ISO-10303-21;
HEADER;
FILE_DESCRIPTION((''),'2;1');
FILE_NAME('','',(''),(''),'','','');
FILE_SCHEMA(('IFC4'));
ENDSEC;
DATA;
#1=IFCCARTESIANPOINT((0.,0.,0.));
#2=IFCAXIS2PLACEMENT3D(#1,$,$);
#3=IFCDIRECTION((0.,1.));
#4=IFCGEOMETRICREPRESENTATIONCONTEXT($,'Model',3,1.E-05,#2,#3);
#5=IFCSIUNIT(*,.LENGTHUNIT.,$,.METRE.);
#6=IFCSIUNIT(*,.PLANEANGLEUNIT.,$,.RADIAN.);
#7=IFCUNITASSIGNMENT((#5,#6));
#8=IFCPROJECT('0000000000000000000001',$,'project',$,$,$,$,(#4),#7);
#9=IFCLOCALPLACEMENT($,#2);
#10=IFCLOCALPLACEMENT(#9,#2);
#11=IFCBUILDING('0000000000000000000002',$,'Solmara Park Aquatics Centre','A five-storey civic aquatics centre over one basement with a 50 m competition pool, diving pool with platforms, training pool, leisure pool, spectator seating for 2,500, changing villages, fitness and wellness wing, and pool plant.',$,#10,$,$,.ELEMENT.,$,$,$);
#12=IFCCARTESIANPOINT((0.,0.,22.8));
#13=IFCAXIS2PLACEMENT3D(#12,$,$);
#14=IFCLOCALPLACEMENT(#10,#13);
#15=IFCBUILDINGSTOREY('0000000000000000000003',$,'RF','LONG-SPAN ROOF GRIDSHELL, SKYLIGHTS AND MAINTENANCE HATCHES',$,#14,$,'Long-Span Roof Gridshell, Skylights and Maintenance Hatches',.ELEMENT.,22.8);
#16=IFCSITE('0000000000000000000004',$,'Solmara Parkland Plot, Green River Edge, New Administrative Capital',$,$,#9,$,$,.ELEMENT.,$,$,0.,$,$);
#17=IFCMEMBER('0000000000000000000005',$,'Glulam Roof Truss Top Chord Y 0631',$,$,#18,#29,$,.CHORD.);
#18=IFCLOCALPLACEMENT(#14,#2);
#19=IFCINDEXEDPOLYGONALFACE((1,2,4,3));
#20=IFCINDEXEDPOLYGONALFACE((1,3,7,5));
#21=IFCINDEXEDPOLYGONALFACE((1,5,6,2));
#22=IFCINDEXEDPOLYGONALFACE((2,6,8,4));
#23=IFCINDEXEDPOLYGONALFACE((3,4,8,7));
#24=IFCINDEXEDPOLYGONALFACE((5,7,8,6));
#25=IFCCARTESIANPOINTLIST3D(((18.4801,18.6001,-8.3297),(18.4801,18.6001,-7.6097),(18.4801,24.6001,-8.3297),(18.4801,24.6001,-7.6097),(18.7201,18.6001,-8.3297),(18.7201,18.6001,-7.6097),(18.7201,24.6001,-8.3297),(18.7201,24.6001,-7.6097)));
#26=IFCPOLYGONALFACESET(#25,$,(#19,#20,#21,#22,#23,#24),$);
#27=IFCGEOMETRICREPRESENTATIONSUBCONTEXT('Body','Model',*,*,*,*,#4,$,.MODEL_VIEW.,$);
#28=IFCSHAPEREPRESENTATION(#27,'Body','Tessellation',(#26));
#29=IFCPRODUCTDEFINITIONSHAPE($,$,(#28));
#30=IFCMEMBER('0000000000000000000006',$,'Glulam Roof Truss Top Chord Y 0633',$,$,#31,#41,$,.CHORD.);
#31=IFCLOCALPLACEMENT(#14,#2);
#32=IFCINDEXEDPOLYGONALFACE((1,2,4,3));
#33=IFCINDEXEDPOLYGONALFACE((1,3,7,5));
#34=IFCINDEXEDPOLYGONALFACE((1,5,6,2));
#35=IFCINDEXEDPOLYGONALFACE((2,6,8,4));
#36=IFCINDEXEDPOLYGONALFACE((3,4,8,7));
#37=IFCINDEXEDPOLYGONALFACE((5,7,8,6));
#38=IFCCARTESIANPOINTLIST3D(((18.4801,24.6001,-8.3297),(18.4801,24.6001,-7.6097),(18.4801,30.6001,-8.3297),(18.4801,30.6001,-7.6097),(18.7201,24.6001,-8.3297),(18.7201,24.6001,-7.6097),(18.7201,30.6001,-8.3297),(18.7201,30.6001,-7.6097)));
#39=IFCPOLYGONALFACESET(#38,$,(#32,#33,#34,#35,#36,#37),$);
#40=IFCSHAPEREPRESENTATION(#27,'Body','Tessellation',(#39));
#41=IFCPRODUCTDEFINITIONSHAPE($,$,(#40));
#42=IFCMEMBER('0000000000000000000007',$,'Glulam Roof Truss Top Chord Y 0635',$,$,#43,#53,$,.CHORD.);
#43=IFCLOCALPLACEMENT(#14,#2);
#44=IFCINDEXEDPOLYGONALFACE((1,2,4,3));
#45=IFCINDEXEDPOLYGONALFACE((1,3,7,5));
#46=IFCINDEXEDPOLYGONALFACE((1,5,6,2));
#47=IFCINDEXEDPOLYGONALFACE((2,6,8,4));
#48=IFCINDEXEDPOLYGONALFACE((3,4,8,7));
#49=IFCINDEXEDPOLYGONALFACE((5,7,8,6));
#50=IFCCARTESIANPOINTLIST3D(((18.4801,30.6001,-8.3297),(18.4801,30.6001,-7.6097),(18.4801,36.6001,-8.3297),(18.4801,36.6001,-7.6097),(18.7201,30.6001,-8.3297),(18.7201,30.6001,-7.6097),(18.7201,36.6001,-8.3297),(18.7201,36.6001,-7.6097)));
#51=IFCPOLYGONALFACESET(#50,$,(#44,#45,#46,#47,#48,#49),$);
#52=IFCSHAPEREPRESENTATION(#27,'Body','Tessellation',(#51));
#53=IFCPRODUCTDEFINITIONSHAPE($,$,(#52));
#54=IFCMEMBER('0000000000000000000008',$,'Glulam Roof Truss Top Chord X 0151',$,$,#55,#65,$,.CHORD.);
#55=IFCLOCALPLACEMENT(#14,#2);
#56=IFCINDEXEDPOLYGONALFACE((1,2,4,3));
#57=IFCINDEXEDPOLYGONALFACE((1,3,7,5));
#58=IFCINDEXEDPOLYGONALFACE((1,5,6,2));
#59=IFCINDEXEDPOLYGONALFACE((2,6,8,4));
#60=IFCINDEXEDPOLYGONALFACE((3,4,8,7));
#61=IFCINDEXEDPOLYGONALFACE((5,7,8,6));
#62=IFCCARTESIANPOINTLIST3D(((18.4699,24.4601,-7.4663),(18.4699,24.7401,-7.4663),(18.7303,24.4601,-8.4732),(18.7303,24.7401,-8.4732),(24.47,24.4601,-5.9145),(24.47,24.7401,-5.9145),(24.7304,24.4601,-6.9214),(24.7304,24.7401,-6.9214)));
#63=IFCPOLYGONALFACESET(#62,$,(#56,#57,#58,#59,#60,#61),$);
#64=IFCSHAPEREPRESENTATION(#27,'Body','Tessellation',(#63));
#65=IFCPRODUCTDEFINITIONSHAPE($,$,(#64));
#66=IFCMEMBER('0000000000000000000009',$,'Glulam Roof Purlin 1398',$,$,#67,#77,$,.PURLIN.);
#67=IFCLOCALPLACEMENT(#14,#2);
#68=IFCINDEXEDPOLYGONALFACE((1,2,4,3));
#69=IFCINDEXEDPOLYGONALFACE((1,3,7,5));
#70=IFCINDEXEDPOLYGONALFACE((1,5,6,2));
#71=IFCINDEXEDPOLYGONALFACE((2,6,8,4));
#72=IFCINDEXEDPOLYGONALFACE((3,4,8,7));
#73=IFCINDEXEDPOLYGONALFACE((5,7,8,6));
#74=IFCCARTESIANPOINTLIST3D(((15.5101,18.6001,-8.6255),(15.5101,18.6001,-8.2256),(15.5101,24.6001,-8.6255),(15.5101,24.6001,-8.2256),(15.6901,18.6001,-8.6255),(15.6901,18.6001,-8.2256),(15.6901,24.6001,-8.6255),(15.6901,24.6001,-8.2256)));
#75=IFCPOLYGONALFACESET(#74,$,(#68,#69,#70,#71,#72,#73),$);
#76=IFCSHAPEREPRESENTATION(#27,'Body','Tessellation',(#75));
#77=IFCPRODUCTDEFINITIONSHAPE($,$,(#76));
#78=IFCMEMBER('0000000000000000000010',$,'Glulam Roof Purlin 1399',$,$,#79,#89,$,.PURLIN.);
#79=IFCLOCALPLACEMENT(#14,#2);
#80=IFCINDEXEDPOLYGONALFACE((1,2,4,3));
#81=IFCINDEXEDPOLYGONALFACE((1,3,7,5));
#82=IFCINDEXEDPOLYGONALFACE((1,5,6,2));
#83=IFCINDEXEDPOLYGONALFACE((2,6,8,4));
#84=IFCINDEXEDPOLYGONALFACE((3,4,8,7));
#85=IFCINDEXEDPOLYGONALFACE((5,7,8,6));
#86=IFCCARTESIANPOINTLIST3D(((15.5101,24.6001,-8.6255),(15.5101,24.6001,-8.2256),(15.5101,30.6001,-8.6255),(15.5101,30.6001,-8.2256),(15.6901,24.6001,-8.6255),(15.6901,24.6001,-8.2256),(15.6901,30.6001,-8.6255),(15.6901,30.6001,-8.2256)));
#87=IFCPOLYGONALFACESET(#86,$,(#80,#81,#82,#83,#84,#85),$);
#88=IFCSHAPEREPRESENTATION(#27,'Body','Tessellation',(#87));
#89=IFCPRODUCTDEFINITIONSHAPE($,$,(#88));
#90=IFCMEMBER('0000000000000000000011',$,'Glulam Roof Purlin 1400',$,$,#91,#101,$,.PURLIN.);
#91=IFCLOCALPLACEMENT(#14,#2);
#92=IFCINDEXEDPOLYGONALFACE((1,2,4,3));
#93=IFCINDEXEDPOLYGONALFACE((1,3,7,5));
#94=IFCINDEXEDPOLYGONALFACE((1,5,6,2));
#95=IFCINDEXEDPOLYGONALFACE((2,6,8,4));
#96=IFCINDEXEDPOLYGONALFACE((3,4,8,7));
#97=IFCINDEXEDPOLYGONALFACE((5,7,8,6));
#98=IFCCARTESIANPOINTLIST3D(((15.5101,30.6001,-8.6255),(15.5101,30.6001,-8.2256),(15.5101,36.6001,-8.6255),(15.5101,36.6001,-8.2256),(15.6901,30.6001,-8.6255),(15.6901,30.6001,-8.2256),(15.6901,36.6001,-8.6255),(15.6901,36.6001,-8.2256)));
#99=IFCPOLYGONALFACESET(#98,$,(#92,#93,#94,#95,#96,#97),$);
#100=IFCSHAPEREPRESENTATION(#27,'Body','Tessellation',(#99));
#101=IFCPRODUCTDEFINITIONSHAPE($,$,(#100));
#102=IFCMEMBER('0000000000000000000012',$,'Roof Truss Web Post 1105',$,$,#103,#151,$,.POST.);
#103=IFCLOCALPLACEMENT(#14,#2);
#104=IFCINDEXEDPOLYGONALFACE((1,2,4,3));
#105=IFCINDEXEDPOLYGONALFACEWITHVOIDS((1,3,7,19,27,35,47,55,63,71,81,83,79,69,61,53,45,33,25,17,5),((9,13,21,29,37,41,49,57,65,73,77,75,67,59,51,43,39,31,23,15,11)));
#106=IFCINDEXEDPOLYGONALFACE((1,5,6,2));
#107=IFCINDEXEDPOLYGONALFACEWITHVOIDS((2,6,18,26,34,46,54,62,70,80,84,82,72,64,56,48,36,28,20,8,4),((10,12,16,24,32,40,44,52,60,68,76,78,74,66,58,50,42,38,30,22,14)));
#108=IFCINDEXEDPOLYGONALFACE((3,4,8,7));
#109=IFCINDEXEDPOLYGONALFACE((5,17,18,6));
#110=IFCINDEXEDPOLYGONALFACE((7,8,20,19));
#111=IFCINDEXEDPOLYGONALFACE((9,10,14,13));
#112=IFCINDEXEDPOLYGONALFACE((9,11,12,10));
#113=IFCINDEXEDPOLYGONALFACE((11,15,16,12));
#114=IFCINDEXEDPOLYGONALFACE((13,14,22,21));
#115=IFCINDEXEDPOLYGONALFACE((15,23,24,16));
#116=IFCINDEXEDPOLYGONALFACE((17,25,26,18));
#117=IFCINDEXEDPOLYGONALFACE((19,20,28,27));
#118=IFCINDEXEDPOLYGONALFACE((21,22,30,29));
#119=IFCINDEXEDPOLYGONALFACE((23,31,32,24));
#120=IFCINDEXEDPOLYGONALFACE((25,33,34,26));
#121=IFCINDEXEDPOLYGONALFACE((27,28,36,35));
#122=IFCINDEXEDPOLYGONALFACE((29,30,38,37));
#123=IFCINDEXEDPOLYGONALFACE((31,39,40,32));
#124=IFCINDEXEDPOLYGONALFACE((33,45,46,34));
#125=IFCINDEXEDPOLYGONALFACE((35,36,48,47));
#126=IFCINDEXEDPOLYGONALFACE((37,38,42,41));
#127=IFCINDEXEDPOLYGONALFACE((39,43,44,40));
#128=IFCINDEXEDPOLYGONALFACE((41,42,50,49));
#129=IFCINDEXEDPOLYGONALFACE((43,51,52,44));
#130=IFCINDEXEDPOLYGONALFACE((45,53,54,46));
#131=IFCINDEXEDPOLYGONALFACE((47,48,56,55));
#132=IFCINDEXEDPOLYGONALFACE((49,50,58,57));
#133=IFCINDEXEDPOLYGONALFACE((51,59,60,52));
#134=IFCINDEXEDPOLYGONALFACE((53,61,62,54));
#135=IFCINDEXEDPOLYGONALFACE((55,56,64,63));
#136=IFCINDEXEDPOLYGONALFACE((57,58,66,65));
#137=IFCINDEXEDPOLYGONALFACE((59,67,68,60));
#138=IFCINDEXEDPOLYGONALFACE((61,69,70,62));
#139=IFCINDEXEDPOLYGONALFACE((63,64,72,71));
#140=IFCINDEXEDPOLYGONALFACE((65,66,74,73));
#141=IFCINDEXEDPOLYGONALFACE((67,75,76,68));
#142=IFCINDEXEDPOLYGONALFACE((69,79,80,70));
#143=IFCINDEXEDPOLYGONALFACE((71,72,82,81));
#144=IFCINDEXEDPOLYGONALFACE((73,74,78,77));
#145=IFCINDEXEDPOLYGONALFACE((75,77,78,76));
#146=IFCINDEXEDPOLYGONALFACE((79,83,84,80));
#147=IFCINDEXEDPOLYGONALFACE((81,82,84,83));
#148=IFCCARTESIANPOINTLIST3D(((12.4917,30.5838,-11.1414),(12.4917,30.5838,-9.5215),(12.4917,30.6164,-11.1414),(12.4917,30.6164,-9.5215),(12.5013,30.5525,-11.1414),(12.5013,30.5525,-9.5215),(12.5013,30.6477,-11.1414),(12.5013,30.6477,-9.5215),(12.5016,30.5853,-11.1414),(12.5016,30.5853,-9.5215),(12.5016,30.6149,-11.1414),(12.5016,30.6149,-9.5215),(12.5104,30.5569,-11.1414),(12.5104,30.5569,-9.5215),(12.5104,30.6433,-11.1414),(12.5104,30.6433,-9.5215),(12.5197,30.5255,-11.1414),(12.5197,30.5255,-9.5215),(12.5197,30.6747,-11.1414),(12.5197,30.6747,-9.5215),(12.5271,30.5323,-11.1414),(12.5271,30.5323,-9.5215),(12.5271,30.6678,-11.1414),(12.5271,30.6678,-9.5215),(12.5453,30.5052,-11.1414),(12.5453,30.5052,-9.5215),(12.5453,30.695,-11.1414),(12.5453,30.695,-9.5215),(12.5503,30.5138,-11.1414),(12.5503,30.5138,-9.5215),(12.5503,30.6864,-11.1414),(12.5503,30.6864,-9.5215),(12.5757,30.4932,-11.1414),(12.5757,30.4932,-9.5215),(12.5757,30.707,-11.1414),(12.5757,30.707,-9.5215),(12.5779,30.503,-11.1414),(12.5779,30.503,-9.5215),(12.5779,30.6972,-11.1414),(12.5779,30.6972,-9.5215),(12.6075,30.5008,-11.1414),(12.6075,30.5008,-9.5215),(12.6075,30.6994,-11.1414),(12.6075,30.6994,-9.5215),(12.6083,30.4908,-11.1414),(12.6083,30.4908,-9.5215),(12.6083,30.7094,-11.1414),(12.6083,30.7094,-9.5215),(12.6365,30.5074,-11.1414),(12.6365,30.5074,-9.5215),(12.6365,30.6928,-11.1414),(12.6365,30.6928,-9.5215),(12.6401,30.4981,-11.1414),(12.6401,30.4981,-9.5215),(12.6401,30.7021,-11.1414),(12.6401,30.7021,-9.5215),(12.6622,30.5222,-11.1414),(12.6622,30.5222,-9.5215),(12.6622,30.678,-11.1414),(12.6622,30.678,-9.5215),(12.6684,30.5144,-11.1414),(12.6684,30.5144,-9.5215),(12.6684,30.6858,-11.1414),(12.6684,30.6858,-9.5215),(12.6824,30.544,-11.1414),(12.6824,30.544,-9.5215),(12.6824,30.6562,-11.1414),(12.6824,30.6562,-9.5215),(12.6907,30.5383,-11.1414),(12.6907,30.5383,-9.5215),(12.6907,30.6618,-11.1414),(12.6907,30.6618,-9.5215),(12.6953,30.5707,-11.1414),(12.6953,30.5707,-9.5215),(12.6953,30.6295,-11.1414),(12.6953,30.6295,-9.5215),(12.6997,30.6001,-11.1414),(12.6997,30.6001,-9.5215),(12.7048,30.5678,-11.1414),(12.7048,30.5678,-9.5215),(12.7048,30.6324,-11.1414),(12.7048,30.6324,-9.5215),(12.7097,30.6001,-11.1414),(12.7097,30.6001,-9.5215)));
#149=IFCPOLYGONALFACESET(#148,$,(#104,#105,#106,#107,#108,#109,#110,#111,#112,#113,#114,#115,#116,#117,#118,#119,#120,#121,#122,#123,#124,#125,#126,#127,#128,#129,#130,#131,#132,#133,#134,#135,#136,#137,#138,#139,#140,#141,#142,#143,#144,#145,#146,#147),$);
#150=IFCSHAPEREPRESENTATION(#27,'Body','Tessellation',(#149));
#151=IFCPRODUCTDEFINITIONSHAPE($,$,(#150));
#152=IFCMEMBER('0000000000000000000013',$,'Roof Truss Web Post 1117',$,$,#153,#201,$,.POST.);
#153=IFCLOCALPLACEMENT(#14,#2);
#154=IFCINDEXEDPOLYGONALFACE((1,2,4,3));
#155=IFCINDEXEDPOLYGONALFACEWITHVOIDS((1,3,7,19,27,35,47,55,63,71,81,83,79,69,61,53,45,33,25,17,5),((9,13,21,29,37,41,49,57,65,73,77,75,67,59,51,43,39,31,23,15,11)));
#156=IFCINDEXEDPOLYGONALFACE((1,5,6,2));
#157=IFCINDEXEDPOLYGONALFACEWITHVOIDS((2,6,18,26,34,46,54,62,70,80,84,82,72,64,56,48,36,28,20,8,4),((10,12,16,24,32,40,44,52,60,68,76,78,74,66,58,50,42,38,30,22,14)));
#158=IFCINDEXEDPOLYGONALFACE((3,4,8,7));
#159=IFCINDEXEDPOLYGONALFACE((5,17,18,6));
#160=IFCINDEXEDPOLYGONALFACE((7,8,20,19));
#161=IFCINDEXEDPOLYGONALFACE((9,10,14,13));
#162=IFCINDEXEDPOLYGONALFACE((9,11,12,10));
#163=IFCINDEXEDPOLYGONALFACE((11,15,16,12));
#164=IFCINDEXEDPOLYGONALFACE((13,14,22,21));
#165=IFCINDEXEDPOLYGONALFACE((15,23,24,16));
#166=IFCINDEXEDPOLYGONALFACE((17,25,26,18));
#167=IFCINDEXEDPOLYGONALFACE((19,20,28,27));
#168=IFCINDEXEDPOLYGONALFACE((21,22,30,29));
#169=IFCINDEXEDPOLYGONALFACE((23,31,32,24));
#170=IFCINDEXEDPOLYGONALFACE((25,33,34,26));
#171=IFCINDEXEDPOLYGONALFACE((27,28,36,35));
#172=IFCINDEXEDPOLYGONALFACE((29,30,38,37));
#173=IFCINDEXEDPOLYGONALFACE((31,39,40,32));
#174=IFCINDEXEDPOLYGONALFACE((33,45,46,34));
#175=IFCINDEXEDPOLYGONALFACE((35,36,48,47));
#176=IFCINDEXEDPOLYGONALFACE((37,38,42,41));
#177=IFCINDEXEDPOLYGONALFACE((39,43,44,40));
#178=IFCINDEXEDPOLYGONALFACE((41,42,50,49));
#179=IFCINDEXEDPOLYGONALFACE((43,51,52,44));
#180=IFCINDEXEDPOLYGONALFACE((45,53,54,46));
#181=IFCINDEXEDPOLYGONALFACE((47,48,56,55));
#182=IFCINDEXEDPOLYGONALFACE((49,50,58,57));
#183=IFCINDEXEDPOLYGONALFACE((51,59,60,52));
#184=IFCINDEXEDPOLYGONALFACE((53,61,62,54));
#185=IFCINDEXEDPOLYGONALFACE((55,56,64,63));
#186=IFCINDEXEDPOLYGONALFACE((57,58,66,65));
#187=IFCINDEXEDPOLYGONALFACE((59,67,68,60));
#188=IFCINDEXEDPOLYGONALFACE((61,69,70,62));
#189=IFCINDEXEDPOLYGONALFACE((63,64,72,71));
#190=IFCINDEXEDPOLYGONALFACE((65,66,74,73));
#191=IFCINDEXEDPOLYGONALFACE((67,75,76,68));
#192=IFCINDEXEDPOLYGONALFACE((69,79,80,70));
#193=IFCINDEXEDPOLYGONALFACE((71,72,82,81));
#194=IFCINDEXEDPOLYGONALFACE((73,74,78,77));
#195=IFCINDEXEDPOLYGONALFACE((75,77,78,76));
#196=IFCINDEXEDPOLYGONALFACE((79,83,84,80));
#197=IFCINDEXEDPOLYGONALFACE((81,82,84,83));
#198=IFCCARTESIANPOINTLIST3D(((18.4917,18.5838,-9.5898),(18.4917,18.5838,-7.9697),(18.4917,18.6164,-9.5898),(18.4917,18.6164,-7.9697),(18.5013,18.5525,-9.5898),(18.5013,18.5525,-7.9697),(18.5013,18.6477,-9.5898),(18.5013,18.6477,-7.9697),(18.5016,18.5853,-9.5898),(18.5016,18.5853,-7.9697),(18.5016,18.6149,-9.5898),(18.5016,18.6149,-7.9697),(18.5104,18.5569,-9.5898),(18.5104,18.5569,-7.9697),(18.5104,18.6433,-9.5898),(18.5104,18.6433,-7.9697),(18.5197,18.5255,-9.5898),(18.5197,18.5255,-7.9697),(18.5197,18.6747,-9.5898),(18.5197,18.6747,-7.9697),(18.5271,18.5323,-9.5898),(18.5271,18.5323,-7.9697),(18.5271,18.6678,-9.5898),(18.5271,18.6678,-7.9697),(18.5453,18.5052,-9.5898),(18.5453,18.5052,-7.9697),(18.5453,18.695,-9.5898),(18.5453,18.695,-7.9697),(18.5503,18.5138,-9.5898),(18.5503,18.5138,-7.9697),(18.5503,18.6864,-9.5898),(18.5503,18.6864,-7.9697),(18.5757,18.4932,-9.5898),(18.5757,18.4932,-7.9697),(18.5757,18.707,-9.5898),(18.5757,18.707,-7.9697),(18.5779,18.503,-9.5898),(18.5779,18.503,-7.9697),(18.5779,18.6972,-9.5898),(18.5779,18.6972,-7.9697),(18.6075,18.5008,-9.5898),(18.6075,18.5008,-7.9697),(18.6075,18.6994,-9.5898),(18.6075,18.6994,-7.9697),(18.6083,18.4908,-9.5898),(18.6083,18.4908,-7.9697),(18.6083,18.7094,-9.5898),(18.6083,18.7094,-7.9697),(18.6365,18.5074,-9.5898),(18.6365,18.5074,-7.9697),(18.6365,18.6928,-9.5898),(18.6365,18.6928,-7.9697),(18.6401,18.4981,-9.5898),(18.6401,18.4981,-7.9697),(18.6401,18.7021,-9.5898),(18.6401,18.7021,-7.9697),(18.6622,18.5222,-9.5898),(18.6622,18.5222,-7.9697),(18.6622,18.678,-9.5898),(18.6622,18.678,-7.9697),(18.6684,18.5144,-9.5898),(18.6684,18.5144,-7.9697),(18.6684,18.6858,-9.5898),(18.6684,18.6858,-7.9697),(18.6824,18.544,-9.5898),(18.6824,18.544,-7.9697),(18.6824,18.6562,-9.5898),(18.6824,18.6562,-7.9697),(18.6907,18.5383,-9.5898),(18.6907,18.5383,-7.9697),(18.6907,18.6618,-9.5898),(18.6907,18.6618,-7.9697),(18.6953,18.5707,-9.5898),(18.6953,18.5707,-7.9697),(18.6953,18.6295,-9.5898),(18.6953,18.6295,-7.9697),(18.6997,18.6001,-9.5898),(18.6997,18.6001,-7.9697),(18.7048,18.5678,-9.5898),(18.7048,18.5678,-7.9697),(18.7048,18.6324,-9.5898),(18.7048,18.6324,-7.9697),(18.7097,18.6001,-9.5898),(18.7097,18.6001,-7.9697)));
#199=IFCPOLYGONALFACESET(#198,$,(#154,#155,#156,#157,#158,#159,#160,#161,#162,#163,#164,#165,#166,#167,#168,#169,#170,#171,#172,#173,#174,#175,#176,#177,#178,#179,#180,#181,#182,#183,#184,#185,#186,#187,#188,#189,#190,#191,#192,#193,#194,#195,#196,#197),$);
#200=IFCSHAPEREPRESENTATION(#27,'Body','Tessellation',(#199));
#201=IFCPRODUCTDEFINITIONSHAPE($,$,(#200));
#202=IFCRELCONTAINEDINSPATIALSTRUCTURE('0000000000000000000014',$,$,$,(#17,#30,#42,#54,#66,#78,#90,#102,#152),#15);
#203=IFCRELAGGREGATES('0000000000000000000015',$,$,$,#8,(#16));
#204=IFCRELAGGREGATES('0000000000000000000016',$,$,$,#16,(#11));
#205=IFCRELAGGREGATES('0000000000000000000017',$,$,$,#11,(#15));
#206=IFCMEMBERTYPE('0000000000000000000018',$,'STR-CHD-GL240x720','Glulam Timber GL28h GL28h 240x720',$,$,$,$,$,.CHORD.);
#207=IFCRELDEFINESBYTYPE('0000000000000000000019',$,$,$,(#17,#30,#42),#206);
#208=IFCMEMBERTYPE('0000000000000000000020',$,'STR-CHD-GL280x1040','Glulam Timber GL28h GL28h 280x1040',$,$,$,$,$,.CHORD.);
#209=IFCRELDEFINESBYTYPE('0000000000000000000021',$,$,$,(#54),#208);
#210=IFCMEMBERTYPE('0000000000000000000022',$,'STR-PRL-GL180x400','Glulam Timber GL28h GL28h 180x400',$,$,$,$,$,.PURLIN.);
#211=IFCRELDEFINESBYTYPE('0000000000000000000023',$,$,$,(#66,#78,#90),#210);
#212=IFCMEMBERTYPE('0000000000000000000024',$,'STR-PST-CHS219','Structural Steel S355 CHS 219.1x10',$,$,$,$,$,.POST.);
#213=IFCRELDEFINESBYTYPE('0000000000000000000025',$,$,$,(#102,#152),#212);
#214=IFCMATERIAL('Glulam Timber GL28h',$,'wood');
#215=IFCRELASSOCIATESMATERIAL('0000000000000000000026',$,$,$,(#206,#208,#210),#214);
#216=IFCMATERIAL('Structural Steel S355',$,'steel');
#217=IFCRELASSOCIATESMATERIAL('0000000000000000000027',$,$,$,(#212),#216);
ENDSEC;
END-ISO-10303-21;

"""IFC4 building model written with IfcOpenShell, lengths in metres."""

from ifc_helpers import new_model, si_unit, direction, frame, origin, origin_2d, place, context, subcontext, project, spatial, rectangle, hollow_circle, extrude, material, material_profile, profile_set, type_object, element, save


model = new_model("IFC4")

# Units and contexts
model_context = context("Model", 3, precision=1e-05, world=origin(), true_north=direction((0.0, 1.0)))
body_context = subcontext(model_context, "Body", "Model", "MODEL_VIEW")
ifc_project = project(units=[si_unit("LENGTHUNIT", "METRE"), si_unit("PLANEANGLEUNIT", "RADIAN")], contexts=[model_context])

# Site, building, storey
site_placement = place(None, origin())
site = spatial("IfcSite", under=ifc_project, at=site_placement, Name="Solmara Parkland Plot, Green River Edge, New Administrative Capital", CompositionType="ELEMENT", RefElevation=0.0)
building_placement = place(site_placement, origin())
building = spatial("IfcBuilding", under=site, at=building_placement, Name="Solmara Park Aquatics Centre", Description="A five-storey civic aquatics centre over one basement with a 50 m competition pool, diving pool with platforms, training pool, leisure pool, spectator seating for 2,500, changing villages, fitness and wellness wing, and pool plant.", CompositionType="ELEMENT")
storey_placement = place(building_placement, frame((0.0, 0.0, 22.8)))
storey = spatial("IfcBuildingStorey", under=building, at=storey_placement, Name="RF", Description="LONG-SPAN ROOF GRIDSHELL, SKYLIGHTS AND MAINTENANCE HATCHES", LongName="Long-Span Roof Gridshell, Skylights and Maintenance Hatches", CompositionType="ELEMENT", Elevation=22.8)

# Members
ifc_material_1 = material(Name="Structural Steel S355", Category="steel")
ifc_material_2 = material(Name="Glulam Timber GL28h", Category="wood")
ifc_material_profile_1 = material_profile(ifc_material_2, rectangle(XDim=0.24, YDim=0.72, at=origin_2d()), Name="GL28h 240x720")
ifc_profile_set_1 = profile_set([ifc_material_profile_1], Name="Glulam Timber GL28h")
member_type_1 = type_object("IfcMemberType", Name="STR-CHD-GL240x720", Description="Glulam Timber GL28h GL28h 240x720", PredefinedType="CHORD", material=ifc_profile_set_1)
for number, where, z_axis, x_axis, name in (
    (1, (18.6001, 18.6001, -7.9697), (0.0, 1.0, 0.0), (-1.0, 0.0, 0.0), "Glulam Roof Truss Top Chord Y 0631"),
    (2, (18.6001, 24.6001, -7.9697), (0.0, 1.0, 0.0), (-1.0, 0.0, 0.0), "Glulam Roof Truss Top Chord Y 0633"),
    (3, (18.6001, 30.6001, -7.9697), (0.0, 1.0, 0.0), (-1.0, 0.0, 0.0), "Glulam Roof Truss Top Chord Y 0635"),
):
    element("IfcMember", number, at=place(storey_placement, frame(where, z_axis=z_axis, x_axis=x_axis)), inside=storey, type_object=member_type_1, Name=name, PredefinedType="CHORD", context=body_context, shape_type="SweptSolid", body=[
        extrude(rectangle(XDim=0.24, YDim=0.72, at=origin_2d()), origin(), (0.0, 0.0, 1.0), 6.0),
    ])
ifc_material_profile_2 = material_profile(ifc_material_2, rectangle(XDim=0.28, YDim=1.04, at=origin_2d()), Name="GL28h 280x1040")
ifc_profile_set_2 = profile_set([ifc_material_profile_2], Name="Glulam Timber GL28h")
member_type_2 = type_object("IfcMemberType", Name="STR-CHD-GL280x1040", Description="Glulam Timber GL28h GL28h 280x1040", PredefinedType="CHORD", material=ifc_profile_set_2)
member_1_placement = place(storey_placement, frame((18.6001, 24.6001, -7.9697), z_axis=(0.968146, 0.0, 0.250388), x_axis=(0.0, 1.0, 0.0)))
element("IfcMember", 4, at=member_1_placement, inside=storey, type_object=member_type_2, Name="Glulam Roof Truss Top Chord X 0151", PredefinedType="CHORD", context=body_context, shape_type="SweptSolid", body=[
    extrude(rectangle(XDim=0.28, YDim=1.04, at=origin_2d()), origin(), (0.0, 0.0, 1.0), 6.1975),
])
ifc_material_profile_3 = material_profile(ifc_material_2, rectangle(XDim=0.1799, YDim=0.3999, at=origin_2d()), Name="GL28h 180x400")
ifc_profile_set_3 = profile_set([ifc_material_profile_3], Name="Glulam Timber GL28h")
member_type_3 = type_object("IfcMemberType", Name="STR-PRL-GL180x400", Description="Glulam Timber GL28h GL28h 180x400", PredefinedType="PURLIN", material=ifc_profile_set_3)
for number, where, z_axis, x_axis, name in (
    (5, (15.6001, 18.6001, -8.4255), (0.0, 1.0, 0.0), (-1.0, 0.0, 0.0), "Glulam Roof Purlin 1398"),
    (6, (15.6001, 24.6001, -8.4255), (0.0, 1.0, 0.0), (-1.0, 0.0, 0.0), "Glulam Roof Purlin 1399"),
    (7, (15.6001, 30.6001, -8.4255), (0.0, 1.0, 0.0), (-1.0, 0.0, 0.0), "Glulam Roof Purlin 1400"),
):
    element("IfcMember", number, at=place(storey_placement, frame(where, z_axis=z_axis, x_axis=x_axis)), inside=storey, type_object=member_type_3, Name=name, PredefinedType="PURLIN", context=body_context, shape_type="SweptSolid", body=[
        extrude(rectangle(XDim=0.1799, YDim=0.3999, at=origin_2d()), origin(), (0.0, 0.0, 1.0), 6.0),
    ])
ifc_material_profile_4 = material_profile(ifc_material_1, hollow_circle(Radius=0.1096, WallThickness=0.01, at=origin_2d()), Name="CHS 219.1x10")
ifc_profile_set_4 = profile_set([ifc_material_profile_4], Name="Structural Steel S355")
member_type_4 = type_object("IfcMemberType", Name="STR-PST-CHS219", Description="Structural Steel S355 CHS 219.1x10", PredefinedType="POST", material=ifc_profile_set_4)
member_2_placement = place(storey_placement, frame((12.6001, 30.6001, -11.1414), z_axis=(0.0, 0.0, 1.0), x_axis=(1.0, 0.0, 0.0)))
element("IfcMember", 8, at=member_2_placement, inside=storey, type_object=member_type_4, Name="Roof Truss Web Post 1105", PredefinedType="POST", context=body_context, shape_type="SweptSolid", body=[
    extrude(hollow_circle(Radius=0.1096, WallThickness=0.01, at=origin_2d()), origin(), (0.0, 0.0, 1.0), 1.6199),
])
for number, where, z_axis, x_axis, name in (
    (9, (18.6001, 18.6001, -9.5898), (0.0, 0.0, 1.0), (1.0, 0.0, 0.0), "Roof Truss Web Post 1117"),
):
    element("IfcMember", number, at=place(storey_placement, frame(where, z_axis=z_axis, x_axis=x_axis)), inside=storey, type_object=member_type_4, Name=name, PredefinedType="POST", context=body_context, shape_type="SweptSolid", body=[
        extrude(hollow_circle(Radius=0.1096, WallThickness=0.01, at=origin_2d()), origin(), (0.0, 0.0, 1.0), 1.6201),
    ])

save(model, "model.ifc")
